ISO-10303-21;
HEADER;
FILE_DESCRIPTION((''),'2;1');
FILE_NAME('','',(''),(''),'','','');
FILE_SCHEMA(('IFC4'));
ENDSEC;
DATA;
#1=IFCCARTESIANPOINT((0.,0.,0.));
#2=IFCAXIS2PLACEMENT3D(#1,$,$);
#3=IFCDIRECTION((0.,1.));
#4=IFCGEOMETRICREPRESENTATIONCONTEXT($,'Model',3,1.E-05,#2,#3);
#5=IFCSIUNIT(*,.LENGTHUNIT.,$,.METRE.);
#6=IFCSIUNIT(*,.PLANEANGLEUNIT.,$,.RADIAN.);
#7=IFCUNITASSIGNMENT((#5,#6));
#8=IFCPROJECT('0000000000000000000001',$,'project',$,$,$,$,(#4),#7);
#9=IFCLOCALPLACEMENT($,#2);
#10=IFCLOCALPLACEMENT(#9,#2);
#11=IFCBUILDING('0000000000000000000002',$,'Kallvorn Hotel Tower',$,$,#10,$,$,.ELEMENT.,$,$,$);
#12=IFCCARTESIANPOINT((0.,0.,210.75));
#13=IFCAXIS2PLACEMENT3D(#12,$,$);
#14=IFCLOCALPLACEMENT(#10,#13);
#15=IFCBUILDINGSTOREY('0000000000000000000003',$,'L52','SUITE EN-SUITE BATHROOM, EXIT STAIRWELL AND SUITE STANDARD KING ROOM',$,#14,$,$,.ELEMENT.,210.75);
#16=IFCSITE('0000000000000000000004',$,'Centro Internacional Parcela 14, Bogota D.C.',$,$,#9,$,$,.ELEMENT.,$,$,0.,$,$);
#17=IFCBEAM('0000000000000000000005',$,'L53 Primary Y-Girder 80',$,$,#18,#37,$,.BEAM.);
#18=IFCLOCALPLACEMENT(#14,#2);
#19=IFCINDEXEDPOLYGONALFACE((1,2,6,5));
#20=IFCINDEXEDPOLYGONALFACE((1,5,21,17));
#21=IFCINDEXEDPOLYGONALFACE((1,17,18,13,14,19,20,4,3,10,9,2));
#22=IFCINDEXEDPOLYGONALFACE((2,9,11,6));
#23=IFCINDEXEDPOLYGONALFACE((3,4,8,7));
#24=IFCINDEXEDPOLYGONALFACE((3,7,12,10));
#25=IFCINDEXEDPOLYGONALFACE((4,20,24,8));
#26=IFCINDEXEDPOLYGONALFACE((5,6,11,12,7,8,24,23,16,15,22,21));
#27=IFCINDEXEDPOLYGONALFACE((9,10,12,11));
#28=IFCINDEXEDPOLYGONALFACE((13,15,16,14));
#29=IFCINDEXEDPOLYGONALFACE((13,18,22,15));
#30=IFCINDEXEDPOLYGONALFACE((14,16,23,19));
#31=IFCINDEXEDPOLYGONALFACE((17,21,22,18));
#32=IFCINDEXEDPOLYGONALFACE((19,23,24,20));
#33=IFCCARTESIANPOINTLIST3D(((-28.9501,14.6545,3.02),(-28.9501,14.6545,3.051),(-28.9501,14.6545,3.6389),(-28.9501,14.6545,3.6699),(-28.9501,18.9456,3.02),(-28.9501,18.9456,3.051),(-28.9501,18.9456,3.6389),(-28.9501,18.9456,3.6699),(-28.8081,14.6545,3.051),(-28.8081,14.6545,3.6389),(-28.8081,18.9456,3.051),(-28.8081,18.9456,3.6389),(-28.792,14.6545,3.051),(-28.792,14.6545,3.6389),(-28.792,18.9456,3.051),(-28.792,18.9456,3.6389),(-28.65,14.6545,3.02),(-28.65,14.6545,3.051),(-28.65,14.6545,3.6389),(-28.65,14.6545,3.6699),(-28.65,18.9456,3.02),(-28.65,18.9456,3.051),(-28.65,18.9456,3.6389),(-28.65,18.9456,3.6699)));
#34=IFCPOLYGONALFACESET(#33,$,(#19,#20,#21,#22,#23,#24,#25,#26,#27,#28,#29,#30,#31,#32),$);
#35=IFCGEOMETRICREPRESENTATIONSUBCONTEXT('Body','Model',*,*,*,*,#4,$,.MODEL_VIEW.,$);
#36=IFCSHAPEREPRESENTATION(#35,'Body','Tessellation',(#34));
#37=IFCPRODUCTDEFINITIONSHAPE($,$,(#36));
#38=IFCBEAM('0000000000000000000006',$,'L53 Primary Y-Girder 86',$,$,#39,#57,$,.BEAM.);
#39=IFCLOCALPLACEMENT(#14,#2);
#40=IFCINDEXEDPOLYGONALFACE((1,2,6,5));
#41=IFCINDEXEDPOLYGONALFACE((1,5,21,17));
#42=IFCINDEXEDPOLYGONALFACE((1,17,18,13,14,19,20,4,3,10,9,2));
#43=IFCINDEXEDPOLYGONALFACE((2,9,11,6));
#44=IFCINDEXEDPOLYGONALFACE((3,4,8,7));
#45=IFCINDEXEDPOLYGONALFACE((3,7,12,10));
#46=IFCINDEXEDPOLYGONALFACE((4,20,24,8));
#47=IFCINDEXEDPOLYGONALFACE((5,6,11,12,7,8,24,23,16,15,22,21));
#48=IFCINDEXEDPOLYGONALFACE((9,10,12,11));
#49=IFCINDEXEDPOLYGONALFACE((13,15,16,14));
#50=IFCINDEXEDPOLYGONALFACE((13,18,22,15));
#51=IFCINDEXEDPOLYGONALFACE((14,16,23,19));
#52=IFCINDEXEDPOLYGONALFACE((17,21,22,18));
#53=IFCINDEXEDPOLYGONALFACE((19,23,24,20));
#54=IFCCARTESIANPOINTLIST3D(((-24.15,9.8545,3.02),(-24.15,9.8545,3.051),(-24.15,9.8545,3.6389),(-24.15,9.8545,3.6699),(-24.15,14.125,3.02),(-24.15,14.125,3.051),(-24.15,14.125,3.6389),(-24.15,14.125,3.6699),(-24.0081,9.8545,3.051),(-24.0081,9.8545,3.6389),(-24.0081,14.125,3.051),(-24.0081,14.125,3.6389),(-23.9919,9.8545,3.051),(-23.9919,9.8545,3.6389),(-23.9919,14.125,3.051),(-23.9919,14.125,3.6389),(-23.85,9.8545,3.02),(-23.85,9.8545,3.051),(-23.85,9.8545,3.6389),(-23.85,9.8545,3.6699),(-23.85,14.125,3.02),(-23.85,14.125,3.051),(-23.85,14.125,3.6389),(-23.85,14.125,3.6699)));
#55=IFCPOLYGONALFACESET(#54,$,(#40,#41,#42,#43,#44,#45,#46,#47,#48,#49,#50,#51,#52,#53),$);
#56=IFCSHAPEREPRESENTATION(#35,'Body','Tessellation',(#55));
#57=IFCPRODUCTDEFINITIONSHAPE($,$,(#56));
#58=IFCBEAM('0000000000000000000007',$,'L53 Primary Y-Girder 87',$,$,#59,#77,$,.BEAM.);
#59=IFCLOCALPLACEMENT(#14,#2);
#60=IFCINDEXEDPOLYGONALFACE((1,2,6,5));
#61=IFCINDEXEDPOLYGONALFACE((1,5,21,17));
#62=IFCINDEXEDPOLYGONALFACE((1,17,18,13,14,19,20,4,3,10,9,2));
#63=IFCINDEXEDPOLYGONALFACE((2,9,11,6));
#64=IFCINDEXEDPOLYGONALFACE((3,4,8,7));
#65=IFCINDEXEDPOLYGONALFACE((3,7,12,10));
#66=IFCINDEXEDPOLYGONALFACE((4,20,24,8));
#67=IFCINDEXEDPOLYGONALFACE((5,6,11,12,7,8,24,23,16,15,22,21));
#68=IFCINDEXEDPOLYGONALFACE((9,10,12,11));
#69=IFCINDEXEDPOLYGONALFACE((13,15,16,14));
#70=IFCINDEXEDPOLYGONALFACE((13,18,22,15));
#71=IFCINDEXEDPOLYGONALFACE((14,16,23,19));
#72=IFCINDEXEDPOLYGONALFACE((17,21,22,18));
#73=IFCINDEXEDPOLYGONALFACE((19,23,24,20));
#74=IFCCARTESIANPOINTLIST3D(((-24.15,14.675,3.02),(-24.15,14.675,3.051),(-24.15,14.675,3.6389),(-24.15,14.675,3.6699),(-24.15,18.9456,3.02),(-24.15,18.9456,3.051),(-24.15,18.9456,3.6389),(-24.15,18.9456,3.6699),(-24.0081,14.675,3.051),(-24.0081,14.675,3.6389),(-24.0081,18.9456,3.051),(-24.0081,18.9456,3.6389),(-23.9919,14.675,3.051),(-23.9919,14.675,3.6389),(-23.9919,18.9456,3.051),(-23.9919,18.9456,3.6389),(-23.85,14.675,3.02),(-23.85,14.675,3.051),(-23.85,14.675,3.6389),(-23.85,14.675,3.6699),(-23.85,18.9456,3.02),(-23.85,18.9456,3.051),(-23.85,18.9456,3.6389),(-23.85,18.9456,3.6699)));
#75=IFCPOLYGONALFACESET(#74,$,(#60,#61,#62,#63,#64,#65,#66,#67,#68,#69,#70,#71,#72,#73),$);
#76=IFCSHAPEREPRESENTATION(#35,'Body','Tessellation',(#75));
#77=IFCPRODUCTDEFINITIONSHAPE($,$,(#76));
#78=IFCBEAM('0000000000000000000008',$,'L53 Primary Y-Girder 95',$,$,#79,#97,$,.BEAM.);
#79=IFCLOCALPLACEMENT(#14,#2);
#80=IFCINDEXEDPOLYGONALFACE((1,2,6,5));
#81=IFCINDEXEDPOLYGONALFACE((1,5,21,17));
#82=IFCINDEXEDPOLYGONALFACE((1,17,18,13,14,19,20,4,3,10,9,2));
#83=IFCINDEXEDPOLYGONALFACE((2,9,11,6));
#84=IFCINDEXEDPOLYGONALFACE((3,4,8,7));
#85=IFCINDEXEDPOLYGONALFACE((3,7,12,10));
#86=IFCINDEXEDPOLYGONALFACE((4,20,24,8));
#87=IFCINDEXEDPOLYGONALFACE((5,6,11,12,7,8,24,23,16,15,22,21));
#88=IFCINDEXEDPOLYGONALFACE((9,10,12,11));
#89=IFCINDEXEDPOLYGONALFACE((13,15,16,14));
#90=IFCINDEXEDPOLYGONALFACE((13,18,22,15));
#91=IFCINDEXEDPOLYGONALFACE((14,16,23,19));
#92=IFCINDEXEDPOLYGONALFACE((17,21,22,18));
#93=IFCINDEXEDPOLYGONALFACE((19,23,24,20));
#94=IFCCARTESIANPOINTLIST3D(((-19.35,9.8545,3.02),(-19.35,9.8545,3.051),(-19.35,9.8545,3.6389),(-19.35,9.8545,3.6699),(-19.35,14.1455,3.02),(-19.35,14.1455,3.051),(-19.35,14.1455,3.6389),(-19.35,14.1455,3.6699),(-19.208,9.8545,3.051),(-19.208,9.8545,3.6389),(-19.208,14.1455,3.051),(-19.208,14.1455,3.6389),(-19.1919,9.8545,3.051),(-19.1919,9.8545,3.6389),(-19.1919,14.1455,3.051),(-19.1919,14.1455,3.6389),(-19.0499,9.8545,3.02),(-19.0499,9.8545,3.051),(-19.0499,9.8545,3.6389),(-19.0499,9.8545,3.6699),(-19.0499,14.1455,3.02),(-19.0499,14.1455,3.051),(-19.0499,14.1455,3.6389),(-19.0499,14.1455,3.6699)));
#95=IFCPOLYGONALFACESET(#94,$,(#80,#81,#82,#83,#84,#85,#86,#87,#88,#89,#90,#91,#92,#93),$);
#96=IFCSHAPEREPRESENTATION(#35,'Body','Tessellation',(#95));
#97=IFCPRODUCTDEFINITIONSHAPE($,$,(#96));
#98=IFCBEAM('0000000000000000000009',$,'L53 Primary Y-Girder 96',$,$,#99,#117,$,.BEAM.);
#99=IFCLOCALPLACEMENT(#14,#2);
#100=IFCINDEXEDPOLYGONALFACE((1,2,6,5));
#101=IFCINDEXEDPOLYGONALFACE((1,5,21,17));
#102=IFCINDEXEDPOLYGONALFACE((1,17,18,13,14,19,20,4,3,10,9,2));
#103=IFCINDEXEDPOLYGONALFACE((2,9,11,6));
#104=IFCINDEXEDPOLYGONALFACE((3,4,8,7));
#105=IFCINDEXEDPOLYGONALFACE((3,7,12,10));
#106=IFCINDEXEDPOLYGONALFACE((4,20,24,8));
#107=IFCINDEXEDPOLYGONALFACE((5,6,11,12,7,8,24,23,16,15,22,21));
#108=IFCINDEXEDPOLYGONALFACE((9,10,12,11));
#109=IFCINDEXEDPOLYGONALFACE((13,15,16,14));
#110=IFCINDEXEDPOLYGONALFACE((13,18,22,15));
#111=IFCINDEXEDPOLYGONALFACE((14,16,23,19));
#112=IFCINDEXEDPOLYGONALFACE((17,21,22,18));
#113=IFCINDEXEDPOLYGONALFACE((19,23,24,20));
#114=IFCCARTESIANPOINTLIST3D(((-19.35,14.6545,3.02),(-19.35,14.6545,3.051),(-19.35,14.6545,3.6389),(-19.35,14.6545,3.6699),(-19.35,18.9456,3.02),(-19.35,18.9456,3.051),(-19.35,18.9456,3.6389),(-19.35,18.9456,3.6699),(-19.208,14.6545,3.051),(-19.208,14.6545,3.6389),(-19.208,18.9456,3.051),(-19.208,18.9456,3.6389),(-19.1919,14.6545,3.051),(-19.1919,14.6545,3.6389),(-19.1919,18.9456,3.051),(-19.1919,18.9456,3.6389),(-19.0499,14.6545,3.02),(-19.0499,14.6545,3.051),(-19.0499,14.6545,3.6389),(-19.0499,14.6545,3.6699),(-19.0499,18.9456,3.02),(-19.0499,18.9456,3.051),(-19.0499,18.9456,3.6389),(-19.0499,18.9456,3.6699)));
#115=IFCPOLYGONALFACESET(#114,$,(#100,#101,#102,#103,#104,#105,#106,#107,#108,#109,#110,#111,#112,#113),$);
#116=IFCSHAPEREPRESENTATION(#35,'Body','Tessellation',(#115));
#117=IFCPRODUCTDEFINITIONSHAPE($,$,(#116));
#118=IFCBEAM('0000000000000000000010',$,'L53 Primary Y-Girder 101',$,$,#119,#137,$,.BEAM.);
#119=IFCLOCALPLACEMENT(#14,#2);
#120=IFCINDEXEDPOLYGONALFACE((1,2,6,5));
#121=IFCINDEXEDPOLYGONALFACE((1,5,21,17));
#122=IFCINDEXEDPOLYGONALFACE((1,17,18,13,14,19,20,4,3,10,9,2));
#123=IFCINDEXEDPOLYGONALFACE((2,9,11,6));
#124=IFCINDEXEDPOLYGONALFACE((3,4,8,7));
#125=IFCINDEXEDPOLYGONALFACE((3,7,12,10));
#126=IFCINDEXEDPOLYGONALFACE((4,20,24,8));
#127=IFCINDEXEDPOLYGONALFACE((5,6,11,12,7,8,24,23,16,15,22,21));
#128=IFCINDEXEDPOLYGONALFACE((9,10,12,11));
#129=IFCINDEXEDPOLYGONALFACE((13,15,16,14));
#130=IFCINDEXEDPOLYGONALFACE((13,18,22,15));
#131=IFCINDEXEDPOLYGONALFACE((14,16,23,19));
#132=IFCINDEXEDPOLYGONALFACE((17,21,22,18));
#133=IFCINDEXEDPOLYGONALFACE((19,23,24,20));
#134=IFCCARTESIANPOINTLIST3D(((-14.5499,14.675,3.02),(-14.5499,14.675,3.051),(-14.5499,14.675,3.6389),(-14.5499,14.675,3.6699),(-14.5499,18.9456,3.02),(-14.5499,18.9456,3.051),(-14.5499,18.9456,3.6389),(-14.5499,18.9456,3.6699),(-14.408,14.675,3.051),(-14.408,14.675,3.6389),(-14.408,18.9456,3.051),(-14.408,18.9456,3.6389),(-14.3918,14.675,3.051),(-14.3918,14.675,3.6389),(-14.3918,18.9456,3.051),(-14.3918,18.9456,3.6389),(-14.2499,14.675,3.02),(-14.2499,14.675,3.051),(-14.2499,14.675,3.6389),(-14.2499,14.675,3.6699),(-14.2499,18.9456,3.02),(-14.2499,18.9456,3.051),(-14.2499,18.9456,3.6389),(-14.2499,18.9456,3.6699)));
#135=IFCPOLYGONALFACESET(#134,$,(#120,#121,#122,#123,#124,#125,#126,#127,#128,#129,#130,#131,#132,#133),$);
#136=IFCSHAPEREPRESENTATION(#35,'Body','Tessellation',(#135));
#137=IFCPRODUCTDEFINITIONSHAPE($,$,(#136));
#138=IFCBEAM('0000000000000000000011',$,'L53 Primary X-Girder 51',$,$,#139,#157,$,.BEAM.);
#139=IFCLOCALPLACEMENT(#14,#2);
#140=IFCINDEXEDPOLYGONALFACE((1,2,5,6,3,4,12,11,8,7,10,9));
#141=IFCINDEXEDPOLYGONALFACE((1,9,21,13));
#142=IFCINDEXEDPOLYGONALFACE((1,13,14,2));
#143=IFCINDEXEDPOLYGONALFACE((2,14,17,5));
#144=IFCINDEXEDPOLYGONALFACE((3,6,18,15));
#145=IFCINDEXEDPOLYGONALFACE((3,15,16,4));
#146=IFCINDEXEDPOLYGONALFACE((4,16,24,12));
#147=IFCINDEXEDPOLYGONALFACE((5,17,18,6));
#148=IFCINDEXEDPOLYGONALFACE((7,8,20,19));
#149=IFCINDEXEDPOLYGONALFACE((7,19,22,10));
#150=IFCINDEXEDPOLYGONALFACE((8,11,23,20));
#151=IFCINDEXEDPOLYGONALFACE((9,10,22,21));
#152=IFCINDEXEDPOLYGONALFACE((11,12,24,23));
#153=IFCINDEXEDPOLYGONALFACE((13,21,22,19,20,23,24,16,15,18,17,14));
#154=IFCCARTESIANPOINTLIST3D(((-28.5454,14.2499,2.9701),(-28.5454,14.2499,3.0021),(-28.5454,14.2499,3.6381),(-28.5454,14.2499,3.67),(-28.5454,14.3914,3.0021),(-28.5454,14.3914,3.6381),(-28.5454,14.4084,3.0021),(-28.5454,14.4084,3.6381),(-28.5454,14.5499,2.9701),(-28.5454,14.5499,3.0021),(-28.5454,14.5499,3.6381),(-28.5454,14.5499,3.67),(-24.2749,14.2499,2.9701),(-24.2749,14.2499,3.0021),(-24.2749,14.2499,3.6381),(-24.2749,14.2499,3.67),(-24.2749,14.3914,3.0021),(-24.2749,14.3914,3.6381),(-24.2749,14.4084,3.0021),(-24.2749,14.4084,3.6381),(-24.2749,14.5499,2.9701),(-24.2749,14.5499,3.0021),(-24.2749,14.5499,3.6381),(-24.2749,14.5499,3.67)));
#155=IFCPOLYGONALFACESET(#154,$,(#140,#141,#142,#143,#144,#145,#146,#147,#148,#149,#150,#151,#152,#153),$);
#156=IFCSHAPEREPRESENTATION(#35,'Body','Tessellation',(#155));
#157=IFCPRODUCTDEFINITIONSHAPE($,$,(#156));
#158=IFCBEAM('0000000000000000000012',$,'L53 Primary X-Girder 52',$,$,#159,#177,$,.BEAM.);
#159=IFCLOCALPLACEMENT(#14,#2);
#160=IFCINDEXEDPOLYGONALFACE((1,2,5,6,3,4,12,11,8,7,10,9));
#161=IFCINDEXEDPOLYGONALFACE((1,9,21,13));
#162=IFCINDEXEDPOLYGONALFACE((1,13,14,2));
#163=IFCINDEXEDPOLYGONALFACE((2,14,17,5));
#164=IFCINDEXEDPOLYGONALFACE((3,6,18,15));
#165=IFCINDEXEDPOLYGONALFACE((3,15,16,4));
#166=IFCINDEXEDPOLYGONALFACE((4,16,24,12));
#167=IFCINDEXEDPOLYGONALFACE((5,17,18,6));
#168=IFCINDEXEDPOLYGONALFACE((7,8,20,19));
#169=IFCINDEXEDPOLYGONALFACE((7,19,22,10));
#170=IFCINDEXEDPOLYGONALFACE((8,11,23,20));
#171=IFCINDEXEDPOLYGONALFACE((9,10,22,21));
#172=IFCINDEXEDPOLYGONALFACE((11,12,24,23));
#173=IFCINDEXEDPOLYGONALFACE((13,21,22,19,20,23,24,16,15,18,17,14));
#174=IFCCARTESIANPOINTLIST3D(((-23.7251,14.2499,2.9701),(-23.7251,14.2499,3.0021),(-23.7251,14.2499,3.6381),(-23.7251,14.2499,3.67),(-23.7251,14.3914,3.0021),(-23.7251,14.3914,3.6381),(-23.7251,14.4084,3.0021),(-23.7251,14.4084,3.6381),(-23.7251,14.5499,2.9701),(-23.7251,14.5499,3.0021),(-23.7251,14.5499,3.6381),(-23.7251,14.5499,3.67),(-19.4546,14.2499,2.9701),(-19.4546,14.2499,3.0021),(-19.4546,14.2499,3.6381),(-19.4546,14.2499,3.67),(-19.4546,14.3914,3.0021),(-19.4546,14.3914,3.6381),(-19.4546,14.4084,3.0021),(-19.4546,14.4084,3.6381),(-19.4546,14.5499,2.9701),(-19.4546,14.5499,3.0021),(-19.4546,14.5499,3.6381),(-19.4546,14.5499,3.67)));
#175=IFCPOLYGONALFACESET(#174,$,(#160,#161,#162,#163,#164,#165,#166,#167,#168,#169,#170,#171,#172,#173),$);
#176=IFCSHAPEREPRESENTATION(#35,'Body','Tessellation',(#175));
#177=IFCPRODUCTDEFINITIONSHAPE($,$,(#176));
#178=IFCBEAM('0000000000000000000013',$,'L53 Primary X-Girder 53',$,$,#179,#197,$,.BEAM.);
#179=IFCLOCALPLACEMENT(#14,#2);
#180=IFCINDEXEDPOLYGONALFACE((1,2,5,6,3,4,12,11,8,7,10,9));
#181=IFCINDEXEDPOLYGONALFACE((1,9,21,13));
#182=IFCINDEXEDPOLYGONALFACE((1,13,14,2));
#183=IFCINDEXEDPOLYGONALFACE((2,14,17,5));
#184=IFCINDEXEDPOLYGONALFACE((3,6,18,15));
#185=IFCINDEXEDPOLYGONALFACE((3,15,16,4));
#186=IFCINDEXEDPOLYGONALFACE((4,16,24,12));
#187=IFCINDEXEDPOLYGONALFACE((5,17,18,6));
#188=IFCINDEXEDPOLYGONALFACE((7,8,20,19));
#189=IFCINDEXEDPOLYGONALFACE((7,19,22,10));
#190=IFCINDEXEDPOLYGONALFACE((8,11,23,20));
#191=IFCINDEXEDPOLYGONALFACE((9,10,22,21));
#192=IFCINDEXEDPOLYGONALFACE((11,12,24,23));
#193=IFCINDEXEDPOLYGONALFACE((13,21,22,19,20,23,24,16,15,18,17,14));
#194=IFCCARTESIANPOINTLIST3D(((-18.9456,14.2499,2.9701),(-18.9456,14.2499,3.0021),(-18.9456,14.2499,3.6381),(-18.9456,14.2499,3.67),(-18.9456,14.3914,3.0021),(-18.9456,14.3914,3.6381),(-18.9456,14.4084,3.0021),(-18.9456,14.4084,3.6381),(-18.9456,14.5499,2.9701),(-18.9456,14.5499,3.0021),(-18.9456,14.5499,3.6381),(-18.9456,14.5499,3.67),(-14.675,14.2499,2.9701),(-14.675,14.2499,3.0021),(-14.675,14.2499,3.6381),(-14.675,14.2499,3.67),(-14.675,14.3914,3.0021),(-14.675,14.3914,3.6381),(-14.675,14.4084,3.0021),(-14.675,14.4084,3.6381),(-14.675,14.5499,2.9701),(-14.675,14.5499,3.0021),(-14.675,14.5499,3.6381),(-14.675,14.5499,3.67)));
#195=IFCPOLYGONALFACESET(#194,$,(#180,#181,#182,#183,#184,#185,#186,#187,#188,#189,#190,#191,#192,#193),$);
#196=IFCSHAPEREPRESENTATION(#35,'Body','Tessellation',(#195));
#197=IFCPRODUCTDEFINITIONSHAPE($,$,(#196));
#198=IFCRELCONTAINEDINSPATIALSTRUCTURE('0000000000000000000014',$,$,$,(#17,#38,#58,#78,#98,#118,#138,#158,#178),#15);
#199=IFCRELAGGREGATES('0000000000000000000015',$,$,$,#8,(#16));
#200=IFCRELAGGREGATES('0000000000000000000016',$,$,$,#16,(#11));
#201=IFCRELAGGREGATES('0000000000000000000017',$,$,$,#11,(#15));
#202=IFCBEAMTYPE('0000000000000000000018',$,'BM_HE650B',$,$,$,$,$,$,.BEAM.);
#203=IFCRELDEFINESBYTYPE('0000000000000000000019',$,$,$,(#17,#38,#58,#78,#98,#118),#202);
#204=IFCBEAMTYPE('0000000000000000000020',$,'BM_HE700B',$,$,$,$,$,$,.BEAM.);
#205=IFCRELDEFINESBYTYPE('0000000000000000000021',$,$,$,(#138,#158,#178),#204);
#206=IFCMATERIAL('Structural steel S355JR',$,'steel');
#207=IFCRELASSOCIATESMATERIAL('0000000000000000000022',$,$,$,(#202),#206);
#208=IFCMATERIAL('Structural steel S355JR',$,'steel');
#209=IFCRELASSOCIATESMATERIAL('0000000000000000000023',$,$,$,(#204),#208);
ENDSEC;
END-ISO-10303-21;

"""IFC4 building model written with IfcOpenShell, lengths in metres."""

from ifc_helpers import new_model, si_unit, direction, frame, origin, origin_2d, place, context, subcontext, project, spatial, i_section, extrude, material, material_profile, profile_set, type_object, element, save


model = new_model("IFC4")

# Units and contexts
model_context = context("Model", 3, precision=1e-05, world=origin(), true_north=direction((0.0, 1.0)))
body_context = subcontext(model_context, "Body", "Model", "MODEL_VIEW")
ifc_project = project(units=[si_unit("LENGTHUNIT", "METRE"), si_unit("PLANEANGLEUNIT", "RADIAN")], contexts=[model_context])

# Site, building, storey
site_placement = place(None, origin())
site = spatial("IfcSite", under=ifc_project, at=site_placement, Name="Centro Internacional Parcela 14, Bogota D.C.", CompositionType="ELEMENT", RefElevation=0.0)
building_placement = place(site_placement, origin())
building = spatial("IfcBuilding", under=site, at=building_placement, Name="Kallvorn Hotel Tower", CompositionType="ELEMENT")
storey_placement = place(building_placement, frame((0.0, 0.0, 210.75)))
storey = spatial("IfcBuildingStorey", under=building, at=storey_placement, Name="L52", Description="SUITE EN-SUITE BATHROOM, EXIT STAIRWELL AND SUITE STANDARD KING ROOM", CompositionType="ELEMENT", Elevation=210.75)

# Beams
ifc_material_1 = material(Name="Structural steel S355JR", Category="steel")
ifc_material_profile_1 = material_profile(ifc_material_1, i_section(OverallWidth=0.3, OverallDepth=0.6499, WebThickness=0.0161, FlangeThickness=0.031, at=origin_2d()), Name="HE 650 B")
ifc_profile_set_1 = profile_set([ifc_material_profile_1], Name="Structural steel S355JR")
beam_type_1 = type_object("IfcBeamType", Name="BM_HE650B", PredefinedType="BEAM", material=ifc_profile_set_1)
for number, where, z_axis, x_axis, name in (
    (1, (-28.8, 14.6545, 3.345), (0.0, 1.0, 0.0), (-1.0, 0.0, 0.0), "L53 Primary Y-Girder 80"),
):
    element("IfcBeam", number, at=place(storey_placement, frame(where, z_axis=z_axis, x_axis=x_axis)), inside=storey, type_object=beam_type_1, Name=name, PredefinedType="BEAM", context=body_context, shape_type="SweptSolid", body=[
        extrude(i_section(OverallWidth=0.3, OverallDepth=0.6499, WebThickness=0.0161, FlangeThickness=0.031, at=origin_2d()), origin(), (0.0, 0.0, 1.0), 4.291),
    ])
for number, where, z_axis, x_axis, name in (
    (2, (-24.0, 9.8545, 3.345), (0.0, 1.0, 0.0), (-1.0, 0.0, 0.0), "L53 Primary Y-Girder 86"),
    (3, (-24.0, 14.675, 3.345), (0.0, 1.0, 0.0), (-1.0, 0.0, 0.0), "L53 Primary Y-Girder 87"),
):
    element("IfcBeam", number, at=place(storey_placement, frame(where, z_axis=z_axis, x_axis=x_axis)), inside=storey, type_object=beam_type_1, Name=name, PredefinedType="BEAM", context=body_context, shape_type="SweptSolid", body=[
        extrude(i_section(OverallWidth=0.3, OverallDepth=0.6499, WebThickness=0.0161, FlangeThickness=0.031, at=origin_2d()), origin(), (0.0, 0.0, 1.0), 4.2705),
    ])
for number, where, z_axis, x_axis, name in (
    (4, (-19.2, 9.8545, 3.345), (0.0, 1.0, 0.0), (-1.0, 0.0, 0.0), "L53 Primary Y-Girder 95"),
    (5, (-19.2, 14.6545, 3.345), (0.0, 1.0, 0.0), (-1.0, 0.0, 0.0), "L53 Primary Y-Girder 96"),
):
    element("IfcBeam", number, at=place(storey_placement, frame(where, z_axis=z_axis, x_axis=x_axis)), inside=storey, type_object=beam_type_1, Name=name, PredefinedType="BEAM", context=body_context, shape_type="SweptSolid", body=[
        extrude(i_section(OverallWidth=0.3, OverallDepth=0.6499, WebThickness=0.0161, FlangeThickness=0.031, at=origin_2d()), origin(), (0.0, 0.0, 1.0), 4.291),
    ])
beam_placement = place(storey_placement, frame((-14.3999, 14.675, 3.345), z_axis=(0.0, 1.0, 0.0), x_axis=(-1.0, 0.0, 0.0)))
element("IfcBeam", 6, at=beam_placement, inside=storey, type_object=beam_type_1, Name="L53 Primary Y-Girder 101", PredefinedType="BEAM", context=body_context, shape_type="SweptSolid", body=[
    extrude(i_section(OverallWidth=0.3, OverallDepth=0.6499, WebThickness=0.0161, FlangeThickness=0.031, at=origin_2d()), origin(), (0.0, 0.0, 1.0), 4.2705),
])
ifc_material_2 = material(Name="Structural steel S355JR", Category="steel")
ifc_material_profile_2 = material_profile(ifc_material_2, i_section(OverallWidth=0.3, OverallDepth=0.7, WebThickness=0.0171, FlangeThickness=0.032, at=origin_2d()), Name="HE 700 B")
ifc_profile_set_2 = profile_set([ifc_material_profile_2], Name="Structural steel S355JR")
beam_type_2 = type_object("IfcBeamType", Name="BM_HE700B", PredefinedType="BEAM", material=ifc_profile_set_2)
for number, where, z_axis, x_axis, name in (
    (7, (-28.5454, 14.3999, 3.3201), (1.0, 0.0, 0.0), (0.0, 1.0, 0.0), "L53 Primary X-Girder 51"),
    (8, (-23.7251, 14.3999, 3.3201), (1.0, 0.0, 0.0), (0.0, 1.0, 0.0), "L53 Primary X-Girder 52"),
    (9, (-18.9456, 14.3999, 3.3201), (1.0, 0.0, 0.0), (0.0, 1.0, 0.0), "L53 Primary X-Girder 53"),
):
    element("IfcBeam", number, at=place(storey_placement, frame(where, z_axis=z_axis, x_axis=x_axis)), inside=storey, type_object=beam_type_2, Name=name, PredefinedType="BEAM", context=body_context, shape_type="SweptSolid", body=[
        extrude(i_section(OverallWidth=0.3, OverallDepth=0.7, WebThickness=0.0171, FlangeThickness=0.032, at=origin_2d()), origin(), (0.0, 0.0, 1.0), 4.2705),
    ])

save(model, "model.ifc")
